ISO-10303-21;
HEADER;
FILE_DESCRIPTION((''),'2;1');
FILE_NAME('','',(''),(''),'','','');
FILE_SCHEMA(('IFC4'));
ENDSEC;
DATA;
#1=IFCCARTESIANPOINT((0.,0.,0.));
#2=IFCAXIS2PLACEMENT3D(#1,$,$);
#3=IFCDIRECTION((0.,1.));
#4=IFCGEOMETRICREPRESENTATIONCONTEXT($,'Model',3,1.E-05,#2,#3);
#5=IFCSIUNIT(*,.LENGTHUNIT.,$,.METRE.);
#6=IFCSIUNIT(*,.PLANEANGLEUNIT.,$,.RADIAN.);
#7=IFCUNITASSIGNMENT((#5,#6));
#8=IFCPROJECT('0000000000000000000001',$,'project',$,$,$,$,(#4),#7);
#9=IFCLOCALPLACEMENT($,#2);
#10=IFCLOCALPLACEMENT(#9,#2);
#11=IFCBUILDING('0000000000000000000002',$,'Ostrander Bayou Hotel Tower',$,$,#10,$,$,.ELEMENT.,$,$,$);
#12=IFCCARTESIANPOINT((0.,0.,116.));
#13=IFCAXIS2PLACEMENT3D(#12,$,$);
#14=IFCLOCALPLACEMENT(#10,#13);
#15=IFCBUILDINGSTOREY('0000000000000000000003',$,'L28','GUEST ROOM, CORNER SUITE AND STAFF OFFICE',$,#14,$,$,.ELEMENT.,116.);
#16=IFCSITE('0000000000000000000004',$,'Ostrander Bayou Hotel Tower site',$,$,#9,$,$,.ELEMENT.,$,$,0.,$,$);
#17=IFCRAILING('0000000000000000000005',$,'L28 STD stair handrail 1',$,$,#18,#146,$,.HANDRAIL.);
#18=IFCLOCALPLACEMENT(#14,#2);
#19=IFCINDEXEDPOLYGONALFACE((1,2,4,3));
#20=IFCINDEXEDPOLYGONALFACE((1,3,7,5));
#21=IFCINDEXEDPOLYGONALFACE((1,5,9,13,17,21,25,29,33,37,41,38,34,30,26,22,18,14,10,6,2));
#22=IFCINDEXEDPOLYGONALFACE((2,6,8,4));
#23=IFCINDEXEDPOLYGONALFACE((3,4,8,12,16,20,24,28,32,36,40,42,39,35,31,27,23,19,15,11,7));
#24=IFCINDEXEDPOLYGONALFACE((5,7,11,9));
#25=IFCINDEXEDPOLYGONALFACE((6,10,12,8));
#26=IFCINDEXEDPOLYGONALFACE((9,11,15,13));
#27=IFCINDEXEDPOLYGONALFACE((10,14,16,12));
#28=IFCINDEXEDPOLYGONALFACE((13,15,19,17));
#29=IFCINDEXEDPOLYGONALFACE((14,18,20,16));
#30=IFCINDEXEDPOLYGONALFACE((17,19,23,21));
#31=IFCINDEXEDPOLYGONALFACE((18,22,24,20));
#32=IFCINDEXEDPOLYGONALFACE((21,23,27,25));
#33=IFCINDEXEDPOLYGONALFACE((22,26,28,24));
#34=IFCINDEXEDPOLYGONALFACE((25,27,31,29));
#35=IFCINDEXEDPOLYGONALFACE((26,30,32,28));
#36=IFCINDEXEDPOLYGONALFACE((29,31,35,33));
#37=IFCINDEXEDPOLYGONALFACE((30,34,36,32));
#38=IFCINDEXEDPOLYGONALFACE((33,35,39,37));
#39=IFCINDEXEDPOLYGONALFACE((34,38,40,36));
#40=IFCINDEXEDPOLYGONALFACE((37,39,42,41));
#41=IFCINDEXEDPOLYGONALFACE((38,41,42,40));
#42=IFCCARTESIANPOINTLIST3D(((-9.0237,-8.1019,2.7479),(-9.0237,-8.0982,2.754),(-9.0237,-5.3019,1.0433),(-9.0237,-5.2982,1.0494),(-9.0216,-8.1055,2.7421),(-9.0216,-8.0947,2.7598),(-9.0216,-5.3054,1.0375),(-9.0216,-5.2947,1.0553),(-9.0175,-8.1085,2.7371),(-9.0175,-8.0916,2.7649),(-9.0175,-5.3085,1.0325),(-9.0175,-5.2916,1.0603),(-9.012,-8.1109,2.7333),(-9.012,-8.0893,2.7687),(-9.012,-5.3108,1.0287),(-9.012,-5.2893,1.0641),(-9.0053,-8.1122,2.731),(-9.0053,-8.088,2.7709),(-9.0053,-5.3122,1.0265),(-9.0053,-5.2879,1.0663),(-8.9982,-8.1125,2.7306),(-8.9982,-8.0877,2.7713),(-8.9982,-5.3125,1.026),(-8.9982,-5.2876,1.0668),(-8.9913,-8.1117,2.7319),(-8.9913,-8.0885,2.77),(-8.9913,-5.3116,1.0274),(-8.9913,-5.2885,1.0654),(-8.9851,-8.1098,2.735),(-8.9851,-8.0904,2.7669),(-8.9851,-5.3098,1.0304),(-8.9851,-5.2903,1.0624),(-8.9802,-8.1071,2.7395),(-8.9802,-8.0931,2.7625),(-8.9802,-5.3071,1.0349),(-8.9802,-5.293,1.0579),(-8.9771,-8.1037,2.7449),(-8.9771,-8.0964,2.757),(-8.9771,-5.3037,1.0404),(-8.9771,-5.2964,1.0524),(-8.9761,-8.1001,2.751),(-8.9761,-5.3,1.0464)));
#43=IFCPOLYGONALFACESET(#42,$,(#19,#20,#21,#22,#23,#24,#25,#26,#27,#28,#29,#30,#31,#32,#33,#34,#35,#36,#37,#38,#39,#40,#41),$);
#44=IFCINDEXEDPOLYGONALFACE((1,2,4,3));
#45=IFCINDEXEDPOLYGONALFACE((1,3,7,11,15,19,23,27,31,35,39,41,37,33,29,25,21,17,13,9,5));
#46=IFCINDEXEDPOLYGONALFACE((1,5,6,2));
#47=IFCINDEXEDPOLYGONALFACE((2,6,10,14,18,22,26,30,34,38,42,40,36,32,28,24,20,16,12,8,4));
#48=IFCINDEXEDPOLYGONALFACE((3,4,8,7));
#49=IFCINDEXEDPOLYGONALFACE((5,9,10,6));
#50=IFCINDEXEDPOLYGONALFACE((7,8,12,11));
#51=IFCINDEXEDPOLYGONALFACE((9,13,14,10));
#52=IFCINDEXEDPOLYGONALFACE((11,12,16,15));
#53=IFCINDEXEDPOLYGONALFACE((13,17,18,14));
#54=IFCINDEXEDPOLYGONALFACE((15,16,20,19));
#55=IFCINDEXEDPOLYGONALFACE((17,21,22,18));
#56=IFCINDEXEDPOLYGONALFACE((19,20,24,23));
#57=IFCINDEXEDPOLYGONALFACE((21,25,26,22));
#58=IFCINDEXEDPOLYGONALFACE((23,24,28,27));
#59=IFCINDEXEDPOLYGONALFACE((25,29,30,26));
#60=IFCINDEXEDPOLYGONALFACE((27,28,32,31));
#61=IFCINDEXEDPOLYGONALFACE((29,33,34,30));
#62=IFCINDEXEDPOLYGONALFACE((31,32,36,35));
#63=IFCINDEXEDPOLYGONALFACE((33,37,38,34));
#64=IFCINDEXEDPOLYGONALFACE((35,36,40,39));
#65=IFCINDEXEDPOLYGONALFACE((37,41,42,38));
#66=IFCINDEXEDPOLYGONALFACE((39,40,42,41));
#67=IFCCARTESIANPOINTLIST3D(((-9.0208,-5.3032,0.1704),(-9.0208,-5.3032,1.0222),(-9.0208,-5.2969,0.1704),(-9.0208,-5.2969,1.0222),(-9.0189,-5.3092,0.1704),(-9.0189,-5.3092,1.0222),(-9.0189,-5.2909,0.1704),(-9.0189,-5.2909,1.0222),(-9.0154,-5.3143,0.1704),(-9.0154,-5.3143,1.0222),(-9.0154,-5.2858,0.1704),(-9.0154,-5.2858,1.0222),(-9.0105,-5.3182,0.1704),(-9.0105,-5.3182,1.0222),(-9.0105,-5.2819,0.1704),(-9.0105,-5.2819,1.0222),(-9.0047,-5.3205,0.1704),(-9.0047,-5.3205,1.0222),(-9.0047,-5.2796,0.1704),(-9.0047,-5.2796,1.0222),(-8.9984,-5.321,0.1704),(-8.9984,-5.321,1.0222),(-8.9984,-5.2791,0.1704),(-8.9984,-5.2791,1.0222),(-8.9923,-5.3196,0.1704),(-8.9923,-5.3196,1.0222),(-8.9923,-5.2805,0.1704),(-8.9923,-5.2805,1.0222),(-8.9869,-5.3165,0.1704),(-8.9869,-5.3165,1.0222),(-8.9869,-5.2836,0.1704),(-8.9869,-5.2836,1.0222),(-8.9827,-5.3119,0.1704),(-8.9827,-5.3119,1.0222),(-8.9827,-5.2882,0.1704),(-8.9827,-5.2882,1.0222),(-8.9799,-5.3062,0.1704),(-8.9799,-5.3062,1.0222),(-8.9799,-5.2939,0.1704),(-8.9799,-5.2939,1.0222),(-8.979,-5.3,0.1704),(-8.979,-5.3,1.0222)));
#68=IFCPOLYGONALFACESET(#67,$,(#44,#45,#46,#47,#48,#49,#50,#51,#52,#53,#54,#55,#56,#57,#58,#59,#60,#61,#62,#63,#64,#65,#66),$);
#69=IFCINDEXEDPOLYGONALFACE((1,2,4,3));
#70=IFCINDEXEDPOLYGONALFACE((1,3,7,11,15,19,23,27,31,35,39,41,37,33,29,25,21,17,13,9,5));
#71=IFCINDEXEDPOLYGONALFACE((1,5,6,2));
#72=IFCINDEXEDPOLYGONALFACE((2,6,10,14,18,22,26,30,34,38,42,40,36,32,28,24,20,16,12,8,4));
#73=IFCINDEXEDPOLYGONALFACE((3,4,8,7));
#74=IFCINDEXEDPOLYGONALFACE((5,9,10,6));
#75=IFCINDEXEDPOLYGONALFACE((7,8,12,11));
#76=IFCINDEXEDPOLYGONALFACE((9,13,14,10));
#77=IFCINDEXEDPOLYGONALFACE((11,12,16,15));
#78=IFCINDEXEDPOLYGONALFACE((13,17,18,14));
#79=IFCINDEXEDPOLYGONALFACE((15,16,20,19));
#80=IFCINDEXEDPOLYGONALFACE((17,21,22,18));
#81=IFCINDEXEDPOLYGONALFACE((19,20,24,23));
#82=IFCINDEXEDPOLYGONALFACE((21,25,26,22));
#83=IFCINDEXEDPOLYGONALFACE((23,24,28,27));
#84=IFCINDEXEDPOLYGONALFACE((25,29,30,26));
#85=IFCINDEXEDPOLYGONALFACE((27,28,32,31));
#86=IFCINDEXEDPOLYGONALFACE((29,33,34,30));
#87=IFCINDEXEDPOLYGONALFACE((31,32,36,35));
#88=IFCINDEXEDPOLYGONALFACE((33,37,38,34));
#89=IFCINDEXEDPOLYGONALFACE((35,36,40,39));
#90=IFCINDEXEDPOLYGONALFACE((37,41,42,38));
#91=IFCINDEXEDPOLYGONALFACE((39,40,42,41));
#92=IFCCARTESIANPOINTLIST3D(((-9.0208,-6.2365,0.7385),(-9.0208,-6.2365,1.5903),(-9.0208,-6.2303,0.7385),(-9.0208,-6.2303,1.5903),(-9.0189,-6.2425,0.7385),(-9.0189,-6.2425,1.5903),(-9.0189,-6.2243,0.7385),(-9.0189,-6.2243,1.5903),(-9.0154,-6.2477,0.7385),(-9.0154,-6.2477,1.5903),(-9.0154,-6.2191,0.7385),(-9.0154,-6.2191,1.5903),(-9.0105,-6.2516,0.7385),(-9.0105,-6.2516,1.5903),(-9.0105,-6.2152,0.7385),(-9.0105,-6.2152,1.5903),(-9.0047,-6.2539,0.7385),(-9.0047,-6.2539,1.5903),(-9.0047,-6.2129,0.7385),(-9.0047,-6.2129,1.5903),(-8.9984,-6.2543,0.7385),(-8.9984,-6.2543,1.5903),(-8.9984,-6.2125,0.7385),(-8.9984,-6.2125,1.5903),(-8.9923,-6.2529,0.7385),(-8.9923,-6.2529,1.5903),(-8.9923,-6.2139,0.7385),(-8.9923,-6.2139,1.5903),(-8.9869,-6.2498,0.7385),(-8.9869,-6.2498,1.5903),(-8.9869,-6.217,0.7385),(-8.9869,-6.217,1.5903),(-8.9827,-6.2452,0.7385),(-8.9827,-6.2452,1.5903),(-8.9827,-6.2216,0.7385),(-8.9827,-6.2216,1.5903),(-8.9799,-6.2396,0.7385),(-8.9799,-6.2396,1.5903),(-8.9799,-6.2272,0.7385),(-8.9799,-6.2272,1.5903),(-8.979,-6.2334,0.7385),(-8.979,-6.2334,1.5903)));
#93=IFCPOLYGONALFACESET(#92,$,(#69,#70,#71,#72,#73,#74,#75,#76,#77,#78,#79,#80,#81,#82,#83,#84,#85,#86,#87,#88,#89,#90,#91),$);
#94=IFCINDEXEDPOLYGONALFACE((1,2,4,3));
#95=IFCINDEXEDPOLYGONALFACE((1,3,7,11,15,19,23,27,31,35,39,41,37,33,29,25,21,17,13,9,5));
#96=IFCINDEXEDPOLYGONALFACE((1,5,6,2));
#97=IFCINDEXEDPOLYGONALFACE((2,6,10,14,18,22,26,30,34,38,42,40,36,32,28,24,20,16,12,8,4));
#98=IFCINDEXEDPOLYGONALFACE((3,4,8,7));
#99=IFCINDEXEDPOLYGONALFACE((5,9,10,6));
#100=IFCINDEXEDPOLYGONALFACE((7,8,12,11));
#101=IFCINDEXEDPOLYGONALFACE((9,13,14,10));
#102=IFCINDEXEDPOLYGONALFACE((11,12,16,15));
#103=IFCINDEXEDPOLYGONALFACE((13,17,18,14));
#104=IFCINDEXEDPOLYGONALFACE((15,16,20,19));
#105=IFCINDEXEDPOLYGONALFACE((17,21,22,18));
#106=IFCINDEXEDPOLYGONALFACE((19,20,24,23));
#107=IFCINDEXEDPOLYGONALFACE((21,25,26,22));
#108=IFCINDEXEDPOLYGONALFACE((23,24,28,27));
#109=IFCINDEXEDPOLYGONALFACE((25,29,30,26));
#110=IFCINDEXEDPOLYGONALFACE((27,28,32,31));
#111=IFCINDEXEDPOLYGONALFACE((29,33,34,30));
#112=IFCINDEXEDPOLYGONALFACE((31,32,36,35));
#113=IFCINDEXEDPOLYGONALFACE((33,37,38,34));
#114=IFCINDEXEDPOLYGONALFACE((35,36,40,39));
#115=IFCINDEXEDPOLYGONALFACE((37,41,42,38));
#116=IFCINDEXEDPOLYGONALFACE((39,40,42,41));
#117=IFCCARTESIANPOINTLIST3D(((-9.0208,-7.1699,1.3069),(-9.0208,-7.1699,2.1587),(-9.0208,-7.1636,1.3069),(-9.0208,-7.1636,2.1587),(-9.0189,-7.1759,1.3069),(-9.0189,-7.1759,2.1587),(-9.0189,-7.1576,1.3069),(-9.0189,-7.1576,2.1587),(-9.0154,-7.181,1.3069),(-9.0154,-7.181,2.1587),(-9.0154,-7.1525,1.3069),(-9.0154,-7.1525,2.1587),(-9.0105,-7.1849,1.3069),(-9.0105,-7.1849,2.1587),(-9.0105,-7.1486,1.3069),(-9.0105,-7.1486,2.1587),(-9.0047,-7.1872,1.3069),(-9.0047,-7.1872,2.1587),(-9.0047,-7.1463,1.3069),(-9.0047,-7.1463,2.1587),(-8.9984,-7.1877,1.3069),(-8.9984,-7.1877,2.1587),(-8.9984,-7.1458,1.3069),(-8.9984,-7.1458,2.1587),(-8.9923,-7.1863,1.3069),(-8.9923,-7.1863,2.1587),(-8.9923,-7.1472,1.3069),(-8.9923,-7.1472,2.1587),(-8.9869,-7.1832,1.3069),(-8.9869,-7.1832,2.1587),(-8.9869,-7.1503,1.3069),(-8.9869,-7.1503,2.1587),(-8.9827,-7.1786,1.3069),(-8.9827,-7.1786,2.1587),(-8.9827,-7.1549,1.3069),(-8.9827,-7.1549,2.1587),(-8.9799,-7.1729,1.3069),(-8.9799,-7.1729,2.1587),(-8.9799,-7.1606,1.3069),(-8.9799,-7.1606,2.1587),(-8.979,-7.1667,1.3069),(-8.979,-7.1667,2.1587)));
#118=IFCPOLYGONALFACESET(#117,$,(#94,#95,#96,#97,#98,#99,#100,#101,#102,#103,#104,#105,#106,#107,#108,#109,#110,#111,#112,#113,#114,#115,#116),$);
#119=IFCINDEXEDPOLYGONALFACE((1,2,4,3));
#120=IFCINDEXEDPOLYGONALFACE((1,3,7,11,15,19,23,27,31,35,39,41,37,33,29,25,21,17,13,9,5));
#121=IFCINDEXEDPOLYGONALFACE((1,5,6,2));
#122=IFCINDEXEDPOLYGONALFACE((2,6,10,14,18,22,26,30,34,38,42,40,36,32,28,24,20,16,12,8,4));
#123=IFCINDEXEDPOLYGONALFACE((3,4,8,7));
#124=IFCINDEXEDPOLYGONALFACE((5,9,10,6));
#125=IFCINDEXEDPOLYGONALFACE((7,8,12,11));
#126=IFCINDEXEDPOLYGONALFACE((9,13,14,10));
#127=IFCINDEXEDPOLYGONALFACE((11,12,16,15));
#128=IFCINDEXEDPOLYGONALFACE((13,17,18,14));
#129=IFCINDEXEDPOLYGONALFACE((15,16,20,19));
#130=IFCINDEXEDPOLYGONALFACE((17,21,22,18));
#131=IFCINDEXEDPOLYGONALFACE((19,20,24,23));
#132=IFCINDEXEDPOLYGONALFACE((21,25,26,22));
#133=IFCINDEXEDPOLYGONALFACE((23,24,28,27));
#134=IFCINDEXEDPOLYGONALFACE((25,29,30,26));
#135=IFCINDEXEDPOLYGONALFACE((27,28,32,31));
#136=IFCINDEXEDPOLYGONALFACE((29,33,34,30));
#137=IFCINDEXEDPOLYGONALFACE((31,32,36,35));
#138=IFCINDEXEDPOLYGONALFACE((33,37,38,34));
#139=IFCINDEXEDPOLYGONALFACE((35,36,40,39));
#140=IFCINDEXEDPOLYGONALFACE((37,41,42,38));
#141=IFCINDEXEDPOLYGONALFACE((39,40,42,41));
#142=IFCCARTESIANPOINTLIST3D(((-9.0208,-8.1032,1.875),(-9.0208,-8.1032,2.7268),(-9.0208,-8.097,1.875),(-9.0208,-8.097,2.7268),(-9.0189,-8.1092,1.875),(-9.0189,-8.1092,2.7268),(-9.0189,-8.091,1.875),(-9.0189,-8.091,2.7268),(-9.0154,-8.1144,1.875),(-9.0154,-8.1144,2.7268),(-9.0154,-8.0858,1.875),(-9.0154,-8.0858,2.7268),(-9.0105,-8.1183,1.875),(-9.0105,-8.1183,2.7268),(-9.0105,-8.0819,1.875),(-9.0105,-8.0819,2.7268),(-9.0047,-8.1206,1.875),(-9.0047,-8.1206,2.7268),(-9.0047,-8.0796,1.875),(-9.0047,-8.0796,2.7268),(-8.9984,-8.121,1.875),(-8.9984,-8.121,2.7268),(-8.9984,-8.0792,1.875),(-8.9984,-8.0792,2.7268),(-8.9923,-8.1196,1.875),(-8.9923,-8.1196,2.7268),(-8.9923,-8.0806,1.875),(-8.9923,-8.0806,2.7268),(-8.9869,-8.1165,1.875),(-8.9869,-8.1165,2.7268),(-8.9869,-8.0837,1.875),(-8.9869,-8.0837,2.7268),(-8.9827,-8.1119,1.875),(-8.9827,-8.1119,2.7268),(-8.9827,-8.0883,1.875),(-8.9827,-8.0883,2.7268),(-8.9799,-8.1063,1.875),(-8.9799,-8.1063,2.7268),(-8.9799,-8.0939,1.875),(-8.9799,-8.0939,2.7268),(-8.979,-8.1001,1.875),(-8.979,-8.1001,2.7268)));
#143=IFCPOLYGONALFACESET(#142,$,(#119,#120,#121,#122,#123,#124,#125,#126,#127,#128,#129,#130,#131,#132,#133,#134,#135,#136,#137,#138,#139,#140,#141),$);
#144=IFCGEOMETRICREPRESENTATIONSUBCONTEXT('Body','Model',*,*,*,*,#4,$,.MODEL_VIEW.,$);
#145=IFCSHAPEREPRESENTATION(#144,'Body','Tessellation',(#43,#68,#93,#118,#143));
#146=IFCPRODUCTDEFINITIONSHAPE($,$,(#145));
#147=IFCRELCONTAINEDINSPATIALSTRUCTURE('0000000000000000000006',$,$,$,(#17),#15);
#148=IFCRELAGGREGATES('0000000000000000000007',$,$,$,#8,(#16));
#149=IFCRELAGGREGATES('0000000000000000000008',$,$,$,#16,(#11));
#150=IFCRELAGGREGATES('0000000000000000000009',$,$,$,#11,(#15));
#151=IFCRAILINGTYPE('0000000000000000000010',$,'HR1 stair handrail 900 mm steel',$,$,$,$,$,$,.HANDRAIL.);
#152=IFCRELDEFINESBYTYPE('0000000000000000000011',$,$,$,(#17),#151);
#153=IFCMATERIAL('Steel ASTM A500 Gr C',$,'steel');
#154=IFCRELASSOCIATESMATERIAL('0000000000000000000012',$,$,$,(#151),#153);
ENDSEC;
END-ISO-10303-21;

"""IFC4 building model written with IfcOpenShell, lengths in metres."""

from ifc_helpers import new_model, si_unit, direction, frame, origin, origin_2d, place, context, subcontext, project, spatial, circle, extrude, material, type_object, element, save


model = new_model("IFC4")

# Units and contexts
model_context = context("Model", 3, precision=1e-05, world=origin(), true_north=direction((0.0, 1.0)))
body_context = subcontext(model_context, "Body", "Model", "MODEL_VIEW")
ifc_project = project(units=[si_unit("LENGTHUNIT", "METRE"), si_unit("PLANEANGLEUNIT", "RADIAN")], contexts=[model_context])

# Site, building, storey
site_placement = place(None, origin())
site = spatial("IfcSite", under=ifc_project, at=site_placement, Name="Ostrander Bayou Hotel Tower site", CompositionType="ELEMENT", RefElevation=0.0)
building_placement = place(site_placement, origin())
building = spatial("IfcBuilding", under=site, at=building_placement, Name="Ostrander Bayou Hotel Tower", CompositionType="ELEMENT")
storey_placement = place(building_placement, frame((0.0, 0.0, 116.0)))
storey = spatial("IfcBuildingStorey", under=building, at=storey_placement, Name="L28", Description="GUEST ROOM, CORNER SUITE AND STAFF OFFICE", CompositionType="ELEMENT", Elevation=116.0)

# Railing
ifc_material_1 = material(Name="Steel ASTM A500 Gr C", Category="steel")
railing_type_1 = type_object("IfcRailingType", Name="HR1 stair handrail 900 mm steel", PredefinedType="HANDRAIL", material=ifc_material_1)
railing_1_placement = place(storey_placement, frame((-9.0, -5.3, 0.1704)))
element("IfcRailing", 1, at=railing_1_placement, inside=storey, type_object=railing_type_1, Name="L28 STD stair handrail 1", PredefinedType="HANDRAIL", context=body_context, shape_type="SweptSolid", body=[
    extrude(circle(Radius=0.0239, at=origin_2d()), frame((0.0, 0.0, 0.876), z_axis=(0.0, -0.85417, 0.519994), x_axis=(1.0, 0.0, 0.0)), (0.0, 0.0, 1.0), 3.2781),
    extrude(circle(Radius=0.021, at=origin_2d()), origin(), (0.0, 0.0, 1.0), 0.8518),
    extrude(circle(Radius=0.021, at=origin_2d()), frame((0.0, -0.9333, 0.5681)), (0.0, 0.0, 1.0), 0.8518),
    extrude(circle(Radius=0.021, at=origin_2d()), frame((0.0, -1.8667, 1.1365)), (0.0, 0.0, 1.0), 0.8518),
    extrude(circle(Radius=0.021, at=origin_2d()), frame((0.0, -2.8, 1.7046)), (0.0, 0.0, 1.0), 0.8518),
])

save(model, "model.ifc")
